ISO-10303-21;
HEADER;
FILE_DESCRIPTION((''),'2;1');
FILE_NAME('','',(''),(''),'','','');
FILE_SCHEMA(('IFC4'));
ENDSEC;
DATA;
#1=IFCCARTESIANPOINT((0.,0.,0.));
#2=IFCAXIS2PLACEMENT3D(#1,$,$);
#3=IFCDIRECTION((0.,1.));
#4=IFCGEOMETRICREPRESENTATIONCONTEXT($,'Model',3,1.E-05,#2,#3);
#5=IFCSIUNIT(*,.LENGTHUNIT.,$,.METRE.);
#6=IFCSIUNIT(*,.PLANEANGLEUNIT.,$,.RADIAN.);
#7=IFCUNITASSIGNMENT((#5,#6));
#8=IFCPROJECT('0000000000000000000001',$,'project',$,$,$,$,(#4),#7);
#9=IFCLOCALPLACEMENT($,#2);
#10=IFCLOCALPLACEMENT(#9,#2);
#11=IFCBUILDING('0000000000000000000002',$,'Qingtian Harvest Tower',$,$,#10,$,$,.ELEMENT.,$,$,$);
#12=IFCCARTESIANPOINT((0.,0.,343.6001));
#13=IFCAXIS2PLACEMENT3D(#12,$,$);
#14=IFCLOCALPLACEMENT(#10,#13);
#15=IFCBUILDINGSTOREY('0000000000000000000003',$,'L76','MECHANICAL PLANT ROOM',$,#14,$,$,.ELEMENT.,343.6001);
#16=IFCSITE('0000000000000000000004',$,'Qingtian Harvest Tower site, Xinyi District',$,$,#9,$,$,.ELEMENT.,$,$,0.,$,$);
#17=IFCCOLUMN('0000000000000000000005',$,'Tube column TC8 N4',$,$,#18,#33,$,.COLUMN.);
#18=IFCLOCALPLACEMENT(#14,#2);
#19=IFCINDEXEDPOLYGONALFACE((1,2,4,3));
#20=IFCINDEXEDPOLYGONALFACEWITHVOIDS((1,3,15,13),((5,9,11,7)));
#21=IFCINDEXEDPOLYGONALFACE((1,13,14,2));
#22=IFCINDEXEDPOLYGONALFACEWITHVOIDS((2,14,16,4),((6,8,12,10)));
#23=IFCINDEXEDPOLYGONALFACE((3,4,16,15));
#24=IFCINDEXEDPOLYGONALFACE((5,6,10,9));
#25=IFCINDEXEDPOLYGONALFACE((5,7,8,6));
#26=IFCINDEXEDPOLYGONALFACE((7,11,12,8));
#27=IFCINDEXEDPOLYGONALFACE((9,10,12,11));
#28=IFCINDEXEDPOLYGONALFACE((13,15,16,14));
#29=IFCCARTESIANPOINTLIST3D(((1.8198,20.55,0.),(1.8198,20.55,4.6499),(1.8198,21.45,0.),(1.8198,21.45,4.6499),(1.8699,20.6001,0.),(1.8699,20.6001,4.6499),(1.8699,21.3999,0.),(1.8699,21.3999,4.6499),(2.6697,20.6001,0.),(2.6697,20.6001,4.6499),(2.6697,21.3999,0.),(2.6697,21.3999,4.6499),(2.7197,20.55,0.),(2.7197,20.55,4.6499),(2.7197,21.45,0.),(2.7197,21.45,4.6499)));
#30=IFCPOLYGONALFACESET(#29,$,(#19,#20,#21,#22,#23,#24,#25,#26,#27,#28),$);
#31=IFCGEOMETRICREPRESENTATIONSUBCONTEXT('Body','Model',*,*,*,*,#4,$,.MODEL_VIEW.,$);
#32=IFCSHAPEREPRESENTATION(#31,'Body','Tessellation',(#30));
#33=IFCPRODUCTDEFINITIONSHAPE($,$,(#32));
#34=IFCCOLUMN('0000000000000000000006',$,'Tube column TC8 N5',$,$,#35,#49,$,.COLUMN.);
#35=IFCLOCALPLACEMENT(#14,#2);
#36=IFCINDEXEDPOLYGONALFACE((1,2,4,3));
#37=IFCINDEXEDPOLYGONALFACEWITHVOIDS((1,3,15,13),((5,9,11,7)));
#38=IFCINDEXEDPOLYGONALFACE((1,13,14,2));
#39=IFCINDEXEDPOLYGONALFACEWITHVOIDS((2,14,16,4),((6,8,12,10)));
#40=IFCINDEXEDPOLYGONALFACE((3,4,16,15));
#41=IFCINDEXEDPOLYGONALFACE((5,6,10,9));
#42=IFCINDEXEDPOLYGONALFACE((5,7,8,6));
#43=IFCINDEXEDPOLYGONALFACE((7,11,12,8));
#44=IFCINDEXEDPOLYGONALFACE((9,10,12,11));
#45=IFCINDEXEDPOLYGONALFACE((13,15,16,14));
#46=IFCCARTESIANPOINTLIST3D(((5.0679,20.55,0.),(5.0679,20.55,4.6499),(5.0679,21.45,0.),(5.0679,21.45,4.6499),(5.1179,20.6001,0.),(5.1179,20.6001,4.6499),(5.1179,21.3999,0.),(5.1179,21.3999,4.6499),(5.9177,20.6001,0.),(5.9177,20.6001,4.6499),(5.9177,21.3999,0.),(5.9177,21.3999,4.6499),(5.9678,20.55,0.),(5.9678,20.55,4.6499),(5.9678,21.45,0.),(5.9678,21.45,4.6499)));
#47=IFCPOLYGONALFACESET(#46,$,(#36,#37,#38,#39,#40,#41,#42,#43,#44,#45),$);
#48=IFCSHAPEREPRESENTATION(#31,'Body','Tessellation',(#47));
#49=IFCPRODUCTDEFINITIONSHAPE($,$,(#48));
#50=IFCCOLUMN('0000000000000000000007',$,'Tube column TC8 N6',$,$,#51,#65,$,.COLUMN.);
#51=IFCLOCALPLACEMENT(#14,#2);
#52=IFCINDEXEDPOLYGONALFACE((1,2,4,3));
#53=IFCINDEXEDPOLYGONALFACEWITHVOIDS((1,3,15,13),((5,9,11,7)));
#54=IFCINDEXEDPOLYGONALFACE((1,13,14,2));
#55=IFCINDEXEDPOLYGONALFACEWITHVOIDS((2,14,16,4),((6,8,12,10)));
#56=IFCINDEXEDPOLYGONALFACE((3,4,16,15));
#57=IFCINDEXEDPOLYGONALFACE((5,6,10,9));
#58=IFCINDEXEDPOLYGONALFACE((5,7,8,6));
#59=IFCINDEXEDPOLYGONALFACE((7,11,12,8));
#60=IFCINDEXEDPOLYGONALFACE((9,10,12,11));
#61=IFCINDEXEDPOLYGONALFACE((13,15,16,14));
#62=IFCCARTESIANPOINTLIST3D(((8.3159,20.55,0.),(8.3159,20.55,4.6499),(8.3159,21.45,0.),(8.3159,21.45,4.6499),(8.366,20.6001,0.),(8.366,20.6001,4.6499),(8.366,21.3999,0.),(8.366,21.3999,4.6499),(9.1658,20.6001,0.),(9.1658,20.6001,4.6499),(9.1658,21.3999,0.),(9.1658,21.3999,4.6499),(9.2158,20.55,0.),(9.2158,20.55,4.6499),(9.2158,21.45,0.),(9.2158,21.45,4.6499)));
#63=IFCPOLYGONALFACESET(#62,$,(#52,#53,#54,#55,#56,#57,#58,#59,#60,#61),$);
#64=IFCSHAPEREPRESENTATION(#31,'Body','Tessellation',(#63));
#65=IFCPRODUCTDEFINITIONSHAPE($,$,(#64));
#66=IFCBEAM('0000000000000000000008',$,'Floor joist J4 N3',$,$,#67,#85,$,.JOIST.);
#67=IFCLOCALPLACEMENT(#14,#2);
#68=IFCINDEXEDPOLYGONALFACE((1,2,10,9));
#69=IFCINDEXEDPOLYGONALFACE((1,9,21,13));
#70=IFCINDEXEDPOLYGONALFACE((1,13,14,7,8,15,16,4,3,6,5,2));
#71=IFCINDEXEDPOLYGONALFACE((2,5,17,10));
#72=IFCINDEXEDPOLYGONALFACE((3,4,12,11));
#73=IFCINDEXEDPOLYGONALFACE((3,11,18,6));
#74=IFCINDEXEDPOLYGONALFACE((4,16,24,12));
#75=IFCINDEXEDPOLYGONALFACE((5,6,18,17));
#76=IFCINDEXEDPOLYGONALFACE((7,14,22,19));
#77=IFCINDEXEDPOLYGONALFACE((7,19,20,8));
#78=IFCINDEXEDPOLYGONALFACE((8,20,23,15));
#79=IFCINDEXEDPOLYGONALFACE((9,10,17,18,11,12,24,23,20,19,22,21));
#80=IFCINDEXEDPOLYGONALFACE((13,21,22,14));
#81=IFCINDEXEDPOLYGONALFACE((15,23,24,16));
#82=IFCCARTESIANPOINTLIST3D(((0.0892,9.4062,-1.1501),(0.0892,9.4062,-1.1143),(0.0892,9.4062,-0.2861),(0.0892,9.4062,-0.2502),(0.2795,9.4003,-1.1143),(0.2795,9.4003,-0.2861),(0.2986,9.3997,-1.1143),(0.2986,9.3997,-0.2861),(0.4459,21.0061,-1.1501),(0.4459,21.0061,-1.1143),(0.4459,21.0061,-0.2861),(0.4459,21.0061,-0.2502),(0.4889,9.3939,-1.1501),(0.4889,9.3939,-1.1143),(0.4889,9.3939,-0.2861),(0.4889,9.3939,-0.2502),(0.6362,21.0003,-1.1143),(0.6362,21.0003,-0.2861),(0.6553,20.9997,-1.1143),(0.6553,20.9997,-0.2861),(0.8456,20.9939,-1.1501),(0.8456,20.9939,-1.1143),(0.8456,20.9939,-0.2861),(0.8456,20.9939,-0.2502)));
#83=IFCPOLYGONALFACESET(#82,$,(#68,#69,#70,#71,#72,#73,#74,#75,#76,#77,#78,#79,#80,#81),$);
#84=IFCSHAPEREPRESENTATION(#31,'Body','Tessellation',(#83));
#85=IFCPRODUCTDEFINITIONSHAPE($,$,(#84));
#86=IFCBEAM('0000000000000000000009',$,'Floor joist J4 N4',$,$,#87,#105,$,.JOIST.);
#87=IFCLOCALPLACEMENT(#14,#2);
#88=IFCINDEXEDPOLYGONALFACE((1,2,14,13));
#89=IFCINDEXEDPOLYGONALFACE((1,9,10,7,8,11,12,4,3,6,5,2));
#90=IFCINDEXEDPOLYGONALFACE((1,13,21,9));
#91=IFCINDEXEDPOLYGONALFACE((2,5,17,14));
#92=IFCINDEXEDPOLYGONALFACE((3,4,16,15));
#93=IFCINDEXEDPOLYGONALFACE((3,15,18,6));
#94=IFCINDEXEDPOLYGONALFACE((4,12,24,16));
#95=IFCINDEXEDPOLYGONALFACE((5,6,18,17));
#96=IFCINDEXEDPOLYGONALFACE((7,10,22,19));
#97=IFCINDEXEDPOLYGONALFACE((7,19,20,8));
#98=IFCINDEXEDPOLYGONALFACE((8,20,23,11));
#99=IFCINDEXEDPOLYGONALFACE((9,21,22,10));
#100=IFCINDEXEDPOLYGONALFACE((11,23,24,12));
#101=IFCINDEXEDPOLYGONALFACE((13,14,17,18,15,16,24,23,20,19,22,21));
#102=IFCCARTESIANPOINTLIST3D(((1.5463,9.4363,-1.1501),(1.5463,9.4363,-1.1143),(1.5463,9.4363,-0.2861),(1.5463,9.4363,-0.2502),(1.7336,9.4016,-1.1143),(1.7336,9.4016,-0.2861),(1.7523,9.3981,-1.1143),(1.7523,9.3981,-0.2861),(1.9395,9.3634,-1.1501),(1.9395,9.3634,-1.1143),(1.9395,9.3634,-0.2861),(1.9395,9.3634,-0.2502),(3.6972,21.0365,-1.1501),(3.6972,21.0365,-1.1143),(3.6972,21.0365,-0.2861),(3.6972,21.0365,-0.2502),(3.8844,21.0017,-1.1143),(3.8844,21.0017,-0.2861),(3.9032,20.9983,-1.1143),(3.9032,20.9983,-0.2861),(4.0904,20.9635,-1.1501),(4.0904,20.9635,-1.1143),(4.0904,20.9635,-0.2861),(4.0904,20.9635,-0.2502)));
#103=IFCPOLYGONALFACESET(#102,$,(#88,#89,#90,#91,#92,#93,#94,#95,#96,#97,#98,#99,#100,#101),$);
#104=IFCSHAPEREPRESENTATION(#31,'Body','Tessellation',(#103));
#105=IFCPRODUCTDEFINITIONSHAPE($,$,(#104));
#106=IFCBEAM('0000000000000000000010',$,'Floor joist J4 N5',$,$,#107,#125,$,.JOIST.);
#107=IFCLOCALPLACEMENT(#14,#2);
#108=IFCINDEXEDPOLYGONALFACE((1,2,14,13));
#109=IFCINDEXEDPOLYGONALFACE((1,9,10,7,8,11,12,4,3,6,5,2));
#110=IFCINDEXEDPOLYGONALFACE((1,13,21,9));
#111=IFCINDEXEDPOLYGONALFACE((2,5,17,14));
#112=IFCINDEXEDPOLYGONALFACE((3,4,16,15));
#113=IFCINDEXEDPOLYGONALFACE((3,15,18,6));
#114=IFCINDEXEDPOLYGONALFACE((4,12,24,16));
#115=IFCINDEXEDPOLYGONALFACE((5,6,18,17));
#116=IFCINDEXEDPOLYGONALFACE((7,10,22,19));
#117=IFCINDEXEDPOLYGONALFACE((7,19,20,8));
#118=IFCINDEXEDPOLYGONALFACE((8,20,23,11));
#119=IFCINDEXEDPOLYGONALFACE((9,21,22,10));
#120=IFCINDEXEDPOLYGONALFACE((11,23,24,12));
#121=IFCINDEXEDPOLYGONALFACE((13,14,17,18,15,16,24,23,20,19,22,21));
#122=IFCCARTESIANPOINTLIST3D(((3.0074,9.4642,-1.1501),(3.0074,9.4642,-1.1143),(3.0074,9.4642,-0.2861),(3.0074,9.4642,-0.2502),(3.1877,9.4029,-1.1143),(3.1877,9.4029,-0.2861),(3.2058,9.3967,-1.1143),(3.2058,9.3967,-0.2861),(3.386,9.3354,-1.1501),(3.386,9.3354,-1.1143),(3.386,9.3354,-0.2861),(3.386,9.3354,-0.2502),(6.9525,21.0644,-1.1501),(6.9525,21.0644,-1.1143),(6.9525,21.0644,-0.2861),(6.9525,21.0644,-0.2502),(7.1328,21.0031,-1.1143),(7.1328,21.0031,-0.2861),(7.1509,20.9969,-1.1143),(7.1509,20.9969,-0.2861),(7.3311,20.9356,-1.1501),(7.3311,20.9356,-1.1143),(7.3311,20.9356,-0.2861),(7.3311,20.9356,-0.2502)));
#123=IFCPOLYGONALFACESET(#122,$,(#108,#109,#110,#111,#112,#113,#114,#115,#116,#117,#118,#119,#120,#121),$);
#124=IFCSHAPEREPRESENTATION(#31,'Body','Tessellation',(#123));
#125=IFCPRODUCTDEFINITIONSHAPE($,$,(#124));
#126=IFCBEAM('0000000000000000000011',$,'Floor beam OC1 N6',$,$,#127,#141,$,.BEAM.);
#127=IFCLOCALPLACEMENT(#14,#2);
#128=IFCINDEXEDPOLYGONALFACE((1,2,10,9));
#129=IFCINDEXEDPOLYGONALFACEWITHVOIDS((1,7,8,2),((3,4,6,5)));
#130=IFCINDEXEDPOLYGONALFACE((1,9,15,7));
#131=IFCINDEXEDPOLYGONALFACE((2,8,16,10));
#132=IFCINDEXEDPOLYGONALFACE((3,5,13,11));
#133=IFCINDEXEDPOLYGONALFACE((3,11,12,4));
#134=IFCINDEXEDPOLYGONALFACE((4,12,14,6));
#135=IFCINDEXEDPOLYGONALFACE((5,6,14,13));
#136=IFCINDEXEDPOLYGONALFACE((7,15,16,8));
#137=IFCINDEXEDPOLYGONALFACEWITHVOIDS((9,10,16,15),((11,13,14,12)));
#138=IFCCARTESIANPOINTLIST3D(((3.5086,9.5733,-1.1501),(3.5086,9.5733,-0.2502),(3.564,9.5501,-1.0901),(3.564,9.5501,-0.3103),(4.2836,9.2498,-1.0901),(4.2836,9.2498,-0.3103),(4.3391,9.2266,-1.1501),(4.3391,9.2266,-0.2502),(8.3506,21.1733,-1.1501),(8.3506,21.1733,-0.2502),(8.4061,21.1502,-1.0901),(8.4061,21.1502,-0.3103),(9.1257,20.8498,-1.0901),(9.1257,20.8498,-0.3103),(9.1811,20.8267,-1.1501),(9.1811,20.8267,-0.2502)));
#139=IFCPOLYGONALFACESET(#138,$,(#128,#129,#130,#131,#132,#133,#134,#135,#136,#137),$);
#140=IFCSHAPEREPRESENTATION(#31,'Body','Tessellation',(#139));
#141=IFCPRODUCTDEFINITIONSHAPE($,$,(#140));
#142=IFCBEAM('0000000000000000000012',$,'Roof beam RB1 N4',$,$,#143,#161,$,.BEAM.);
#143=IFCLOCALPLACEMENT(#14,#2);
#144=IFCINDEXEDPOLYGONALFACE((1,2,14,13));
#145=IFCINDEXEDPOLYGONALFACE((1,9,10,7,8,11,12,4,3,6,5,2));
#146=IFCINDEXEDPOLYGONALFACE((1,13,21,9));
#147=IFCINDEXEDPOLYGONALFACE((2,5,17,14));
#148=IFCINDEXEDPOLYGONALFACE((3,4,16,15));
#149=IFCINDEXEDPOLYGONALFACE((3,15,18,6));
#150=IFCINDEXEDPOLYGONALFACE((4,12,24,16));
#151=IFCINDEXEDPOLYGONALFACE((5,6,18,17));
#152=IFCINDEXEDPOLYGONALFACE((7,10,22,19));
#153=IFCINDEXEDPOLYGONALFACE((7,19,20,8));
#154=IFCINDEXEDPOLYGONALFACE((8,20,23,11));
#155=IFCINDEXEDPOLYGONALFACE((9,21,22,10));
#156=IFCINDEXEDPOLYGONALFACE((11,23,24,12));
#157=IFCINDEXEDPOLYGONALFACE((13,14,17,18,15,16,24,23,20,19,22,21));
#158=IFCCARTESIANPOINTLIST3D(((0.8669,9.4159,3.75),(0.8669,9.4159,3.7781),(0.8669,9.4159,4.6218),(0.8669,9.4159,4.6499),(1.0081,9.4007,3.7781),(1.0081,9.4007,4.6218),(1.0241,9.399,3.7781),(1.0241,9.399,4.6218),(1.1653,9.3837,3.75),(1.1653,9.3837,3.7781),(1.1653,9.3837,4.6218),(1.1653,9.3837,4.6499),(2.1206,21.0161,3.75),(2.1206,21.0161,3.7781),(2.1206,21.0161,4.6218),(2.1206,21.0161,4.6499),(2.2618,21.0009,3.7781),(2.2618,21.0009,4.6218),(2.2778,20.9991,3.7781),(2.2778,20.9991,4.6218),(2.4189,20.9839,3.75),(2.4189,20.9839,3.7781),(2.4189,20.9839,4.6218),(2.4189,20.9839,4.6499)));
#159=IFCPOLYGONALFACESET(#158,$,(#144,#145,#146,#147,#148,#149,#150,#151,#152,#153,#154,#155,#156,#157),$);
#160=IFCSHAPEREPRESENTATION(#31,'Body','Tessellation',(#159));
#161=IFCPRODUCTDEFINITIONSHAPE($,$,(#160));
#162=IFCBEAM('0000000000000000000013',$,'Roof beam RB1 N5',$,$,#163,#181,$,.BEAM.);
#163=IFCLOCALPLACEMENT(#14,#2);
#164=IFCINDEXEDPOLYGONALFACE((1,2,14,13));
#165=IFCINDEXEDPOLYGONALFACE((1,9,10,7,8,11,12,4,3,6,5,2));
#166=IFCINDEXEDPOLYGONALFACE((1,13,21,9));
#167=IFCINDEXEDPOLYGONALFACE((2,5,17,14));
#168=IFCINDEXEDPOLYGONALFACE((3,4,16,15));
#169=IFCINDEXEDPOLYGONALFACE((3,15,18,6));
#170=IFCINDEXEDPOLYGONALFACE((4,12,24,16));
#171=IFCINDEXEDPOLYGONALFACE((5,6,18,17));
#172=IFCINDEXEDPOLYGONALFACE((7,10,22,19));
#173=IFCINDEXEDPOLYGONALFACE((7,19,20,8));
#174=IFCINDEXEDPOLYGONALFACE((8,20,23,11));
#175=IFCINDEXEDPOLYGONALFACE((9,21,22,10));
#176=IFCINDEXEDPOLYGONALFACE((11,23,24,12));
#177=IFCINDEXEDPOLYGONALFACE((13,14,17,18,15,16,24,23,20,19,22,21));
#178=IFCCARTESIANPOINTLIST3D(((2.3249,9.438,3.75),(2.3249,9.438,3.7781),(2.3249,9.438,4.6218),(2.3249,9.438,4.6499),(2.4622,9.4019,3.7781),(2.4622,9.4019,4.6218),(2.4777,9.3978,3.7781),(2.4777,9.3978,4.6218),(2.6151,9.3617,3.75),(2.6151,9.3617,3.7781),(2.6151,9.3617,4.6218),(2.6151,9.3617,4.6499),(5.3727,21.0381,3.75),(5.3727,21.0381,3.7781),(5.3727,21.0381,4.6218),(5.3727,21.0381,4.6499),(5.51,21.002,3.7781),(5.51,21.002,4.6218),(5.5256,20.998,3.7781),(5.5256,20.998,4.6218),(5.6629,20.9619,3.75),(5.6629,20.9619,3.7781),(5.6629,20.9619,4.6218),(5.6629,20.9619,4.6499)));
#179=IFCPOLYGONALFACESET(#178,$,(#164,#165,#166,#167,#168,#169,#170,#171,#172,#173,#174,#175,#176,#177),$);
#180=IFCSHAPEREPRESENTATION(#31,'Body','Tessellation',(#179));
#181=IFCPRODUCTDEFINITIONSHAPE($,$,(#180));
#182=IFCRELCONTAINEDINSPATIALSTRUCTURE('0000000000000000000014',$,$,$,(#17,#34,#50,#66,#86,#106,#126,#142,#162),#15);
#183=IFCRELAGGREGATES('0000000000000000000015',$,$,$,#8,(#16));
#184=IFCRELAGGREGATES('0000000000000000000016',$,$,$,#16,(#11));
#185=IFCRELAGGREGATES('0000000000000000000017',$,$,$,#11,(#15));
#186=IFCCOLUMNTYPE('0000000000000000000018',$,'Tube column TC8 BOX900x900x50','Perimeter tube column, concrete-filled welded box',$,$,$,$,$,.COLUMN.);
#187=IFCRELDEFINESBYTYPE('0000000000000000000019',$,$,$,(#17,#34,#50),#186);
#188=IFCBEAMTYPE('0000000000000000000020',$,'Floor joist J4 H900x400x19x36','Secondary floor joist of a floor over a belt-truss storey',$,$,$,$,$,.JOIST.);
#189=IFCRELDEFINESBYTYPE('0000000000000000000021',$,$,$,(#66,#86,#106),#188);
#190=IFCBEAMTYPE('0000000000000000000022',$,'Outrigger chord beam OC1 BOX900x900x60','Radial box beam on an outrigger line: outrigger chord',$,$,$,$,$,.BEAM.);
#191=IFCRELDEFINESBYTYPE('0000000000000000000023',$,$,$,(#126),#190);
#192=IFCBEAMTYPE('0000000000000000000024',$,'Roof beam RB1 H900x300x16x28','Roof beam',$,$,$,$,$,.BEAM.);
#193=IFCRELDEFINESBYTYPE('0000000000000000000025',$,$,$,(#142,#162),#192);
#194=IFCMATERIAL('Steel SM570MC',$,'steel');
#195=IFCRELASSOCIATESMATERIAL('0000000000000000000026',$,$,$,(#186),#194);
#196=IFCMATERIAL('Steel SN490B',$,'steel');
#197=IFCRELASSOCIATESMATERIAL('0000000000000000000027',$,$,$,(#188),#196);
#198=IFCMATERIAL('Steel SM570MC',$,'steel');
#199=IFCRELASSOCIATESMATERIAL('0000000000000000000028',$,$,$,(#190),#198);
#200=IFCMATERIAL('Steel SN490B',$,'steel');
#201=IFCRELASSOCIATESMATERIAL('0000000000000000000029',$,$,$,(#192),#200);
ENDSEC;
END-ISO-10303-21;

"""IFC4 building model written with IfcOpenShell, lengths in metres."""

from ifc_helpers import new_model, si_unit, direction, frame, origin, origin_2d, place, context, subcontext, project, spatial, hollow_rectangle, i_section, extrude, material, material_profile, profile_set, type_object, element, save


model = new_model("IFC4")

# Units and contexts
model_context = context("Model", 3, precision=1e-05, world=origin(), true_north=direction((0.0, 1.0)))
body_context = subcontext(model_context, "Body", "Model", "MODEL_VIEW")
ifc_project = project(units=[si_unit("LENGTHUNIT", "METRE"), si_unit("PLANEANGLEUNIT", "RADIAN")], contexts=[model_context])

# Site, building, storey
site_placement = place(None, origin())
site = spatial("IfcSite", under=ifc_project, at=site_placement, Name="Qingtian Harvest Tower site, Xinyi District", CompositionType="ELEMENT", RefElevation=0.0)
building_placement = place(site_placement, origin())
building = spatial("IfcBuilding", under=site, at=building_placement, Name="Qingtian Harvest Tower", CompositionType="ELEMENT")
storey_placement = place(building_placement, frame((0.0, 0.0, 343.6001)))
storey = spatial("IfcBuildingStorey", under=building, at=storey_placement, Name="L76", Description="MECHANICAL PLANT ROOM", CompositionType="ELEMENT", Elevation=343.6001)

# Columns
ifc_material_1 = material(Name="Steel SM570MC", Category="steel")
ifc_material_profile_1 = material_profile(ifc_material_1, hollow_rectangle(XDim=0.8999, YDim=0.8999, WallThickness=0.05, at=origin_2d()), Name="BOX900x900x50")
ifc_profile_set_1 = profile_set([ifc_material_profile_1], Name="Steel SM570MC")
column_type = type_object("IfcColumnType", Name="Tube column TC8 BOX900x900x50", Description="Perimeter tube column, concrete-filled welded box", PredefinedType="COLUMN", material=ifc_profile_set_1)
for number, where, z_axis, x_axis, name in (
    (1, (2.2698, 21.0, 0.0), (0.0, 0.0, 1.0), (-1.0, 0.0, 0.0), "Tube column TC8 N4"),
    (2, (5.5178, 21.0, 0.0), (0.0, 0.0, 1.0), (-1.0, 0.0, 0.0), "Tube column TC8 N5"),
    (3, (8.7659, 21.0, 0.0), (0.0, 0.0, 1.0), (-1.0, 0.0, 0.0), "Tube column TC8 N6"),
):
    element("IfcColumn", number, at=place(storey_placement, frame(where, z_axis=z_axis, x_axis=x_axis)), inside=storey, type_object=column_type, Name=name, PredefinedType="COLUMN", context=body_context, shape_type="SweptSolid", body=[
        extrude(hollow_rectangle(XDim=0.8999, YDim=0.8999, WallThickness=0.05, at=origin_2d()), origin(), (0.0, 0.0, 1.0), 4.6499),
    ])

# Beams
ifc_material_2 = material(Name="Steel SN490B", Category="steel")
ifc_material_profile_2 = material_profile(ifc_material_2, i_section(OverallWidth=0.3999, OverallDepth=0.8999, WebThickness=0.019, FlangeThickness=0.0359, at=origin_2d()), Name="H900x400x19x36")
ifc_profile_set_2 = profile_set([ifc_material_profile_2], Name="Steel SN490B")
beam_type_1 = type_object("IfcBeamType", Name="Floor joist J4 H900x400x19x36", Description="Secondary floor joist of a floor over a belt-truss storey", PredefinedType="JOIST", material=ifc_profile_set_2)
beam_1_placement = place(storey_placement, frame((0.6458, 21.0, -0.7002), z_axis=(-0.030734, -0.999528, 0.0), x_axis=(0.999528, -0.030734, 0.0)))
element("IfcBeam", 4, at=beam_1_placement, inside=storey, type_object=beam_type_1, Name="Floor joist J4 N3", PredefinedType="JOIST", context=body_context, shape_type="SweptSolid", body=[
    extrude(i_section(OverallWidth=0.3999, OverallDepth=0.8999, WebThickness=0.019, FlangeThickness=0.0359, at=origin_2d()), origin(), (0.0, 0.0, 1.0), 11.6055),
])
beam_2_placement = place(storey_placement, frame((3.8938, 21.0, -0.7002), z_axis=(-0.182312, -0.983241, 0.0), x_axis=(0.983241, -0.182312, 0.0)))
element("IfcBeam", 5, at=beam_2_placement, inside=storey, type_object=beam_type_1, Name="Floor joist J4 N4", PredefinedType="JOIST", context=body_context, shape_type="SweptSolid", body=[
    extrude(i_section(OverallWidth=0.3999, OverallDepth=0.8999, WebThickness=0.019, FlangeThickness=0.0359, at=origin_2d()), origin(), (0.0, 0.0, 1.0), 11.7979),
])
beam_3_placement = place(storey_placement, frame((7.1418, 21.0, -0.7002), z_axis=(-0.321978, -0.946747, 0.0), x_axis=(0.946747, -0.321978, 0.0)))
element("IfcBeam", 6, at=beam_3_placement, inside=storey, type_object=beam_type_1, Name="Floor joist J4 N5", PredefinedType="JOIST", context=body_context, shape_type="SweptSolid", body=[
    extrude(i_section(OverallWidth=0.3999, OverallDepth=0.8999, WebThickness=0.019, FlangeThickness=0.0359, at=origin_2d()), origin(), (0.0, 0.0, 1.0), 12.2527),
])
ifc_material_3 = material(Name="Steel SM570MC", Category="steel")
ifc_material_profile_3 = material_profile(ifc_material_3, hollow_rectangle(XDim=0.8999, YDim=0.8999, WallThickness=0.0601, at=origin_2d()), Name="BOX900x900x60")
ifc_profile_set_3 = profile_set([ifc_material_profile_3], Name="Steel SM570MC")
beam_type_2 = type_object("IfcBeamType", Name="Outrigger chord beam OC1 BOX900x900x60", Description="Radial box beam on an outrigger line: outrigger chord", PredefinedType="BEAM", material=ifc_profile_set_3)
beam_4_placement = place(storey_placement, frame((8.7659, 21.0, -0.7002), z_axis=(-0.385203, -0.922832, 0.0), x_axis=(0.922832, -0.385203, 0.0)))
element("IfcBeam", 7, at=beam_4_placement, inside=storey, type_object=beam_type_2, Name="Floor beam OC1 N6", PredefinedType="BEAM", context=body_context, shape_type="SweptSolid", body=[
    extrude(hollow_rectangle(XDim=0.8999, YDim=0.8999, WallThickness=0.0601, at=origin_2d()), origin(), (0.0, 0.0, 1.0), 12.5701),
])
ifc_material_4 = material(Name="Steel SN490B", Category="steel")
ifc_material_profile_4 = material_profile(ifc_material_4, i_section(OverallWidth=0.3, OverallDepth=0.8999, WebThickness=0.0161, FlangeThickness=0.0281, at=origin_2d()), Name="H900x300x16x28")
ifc_profile_set_4 = profile_set([ifc_material_profile_4], Name="Steel SN490B")
beam_type_3 = type_object("IfcBeamType", Name="Roof beam RB1 H900x300x16x28", Description="Roof beam", PredefinedType="BEAM", material=ifc_profile_set_4)
beam_5_placement = place(storey_placement, frame((2.2698, 21.0, 4.2), z_axis=(-0.107448, -0.994211, 0.0), x_axis=(0.994211, -0.107448, 0.0)))
element("IfcBeam", 8, at=beam_5_placement, inside=storey, type_object=beam_type_3, Name="Roof beam RB1 N4", PredefinedType="BEAM", context=body_context, shape_type="SweptSolid", body=[
    extrude(i_section(OverallWidth=0.3, OverallDepth=0.8999, WebThickness=0.0161, FlangeThickness=0.0281, at=origin_2d()), origin(), (0.0, 0.0, 1.0), 11.6677),
])
beam_6_placement = place(storey_placement, frame((5.5178, 21.0, 4.2), z_axis=(-0.254119, -0.967173, 0.0), x_axis=(0.967173, -0.254119, 0.0)))
element("IfcBeam", 9, at=beam_6_placement, inside=storey, type_object=beam_type_3, Name="Roof beam RB1 N5", PredefinedType="BEAM", context=body_context, shape_type="SweptSolid", body=[
    extrude(i_section(OverallWidth=0.3, OverallDepth=0.8999, WebThickness=0.0161, FlangeThickness=0.0281, at=origin_2d()), origin(), (0.0, 0.0, 1.0), 11.9939),
])

save(model, "model.ifc")
